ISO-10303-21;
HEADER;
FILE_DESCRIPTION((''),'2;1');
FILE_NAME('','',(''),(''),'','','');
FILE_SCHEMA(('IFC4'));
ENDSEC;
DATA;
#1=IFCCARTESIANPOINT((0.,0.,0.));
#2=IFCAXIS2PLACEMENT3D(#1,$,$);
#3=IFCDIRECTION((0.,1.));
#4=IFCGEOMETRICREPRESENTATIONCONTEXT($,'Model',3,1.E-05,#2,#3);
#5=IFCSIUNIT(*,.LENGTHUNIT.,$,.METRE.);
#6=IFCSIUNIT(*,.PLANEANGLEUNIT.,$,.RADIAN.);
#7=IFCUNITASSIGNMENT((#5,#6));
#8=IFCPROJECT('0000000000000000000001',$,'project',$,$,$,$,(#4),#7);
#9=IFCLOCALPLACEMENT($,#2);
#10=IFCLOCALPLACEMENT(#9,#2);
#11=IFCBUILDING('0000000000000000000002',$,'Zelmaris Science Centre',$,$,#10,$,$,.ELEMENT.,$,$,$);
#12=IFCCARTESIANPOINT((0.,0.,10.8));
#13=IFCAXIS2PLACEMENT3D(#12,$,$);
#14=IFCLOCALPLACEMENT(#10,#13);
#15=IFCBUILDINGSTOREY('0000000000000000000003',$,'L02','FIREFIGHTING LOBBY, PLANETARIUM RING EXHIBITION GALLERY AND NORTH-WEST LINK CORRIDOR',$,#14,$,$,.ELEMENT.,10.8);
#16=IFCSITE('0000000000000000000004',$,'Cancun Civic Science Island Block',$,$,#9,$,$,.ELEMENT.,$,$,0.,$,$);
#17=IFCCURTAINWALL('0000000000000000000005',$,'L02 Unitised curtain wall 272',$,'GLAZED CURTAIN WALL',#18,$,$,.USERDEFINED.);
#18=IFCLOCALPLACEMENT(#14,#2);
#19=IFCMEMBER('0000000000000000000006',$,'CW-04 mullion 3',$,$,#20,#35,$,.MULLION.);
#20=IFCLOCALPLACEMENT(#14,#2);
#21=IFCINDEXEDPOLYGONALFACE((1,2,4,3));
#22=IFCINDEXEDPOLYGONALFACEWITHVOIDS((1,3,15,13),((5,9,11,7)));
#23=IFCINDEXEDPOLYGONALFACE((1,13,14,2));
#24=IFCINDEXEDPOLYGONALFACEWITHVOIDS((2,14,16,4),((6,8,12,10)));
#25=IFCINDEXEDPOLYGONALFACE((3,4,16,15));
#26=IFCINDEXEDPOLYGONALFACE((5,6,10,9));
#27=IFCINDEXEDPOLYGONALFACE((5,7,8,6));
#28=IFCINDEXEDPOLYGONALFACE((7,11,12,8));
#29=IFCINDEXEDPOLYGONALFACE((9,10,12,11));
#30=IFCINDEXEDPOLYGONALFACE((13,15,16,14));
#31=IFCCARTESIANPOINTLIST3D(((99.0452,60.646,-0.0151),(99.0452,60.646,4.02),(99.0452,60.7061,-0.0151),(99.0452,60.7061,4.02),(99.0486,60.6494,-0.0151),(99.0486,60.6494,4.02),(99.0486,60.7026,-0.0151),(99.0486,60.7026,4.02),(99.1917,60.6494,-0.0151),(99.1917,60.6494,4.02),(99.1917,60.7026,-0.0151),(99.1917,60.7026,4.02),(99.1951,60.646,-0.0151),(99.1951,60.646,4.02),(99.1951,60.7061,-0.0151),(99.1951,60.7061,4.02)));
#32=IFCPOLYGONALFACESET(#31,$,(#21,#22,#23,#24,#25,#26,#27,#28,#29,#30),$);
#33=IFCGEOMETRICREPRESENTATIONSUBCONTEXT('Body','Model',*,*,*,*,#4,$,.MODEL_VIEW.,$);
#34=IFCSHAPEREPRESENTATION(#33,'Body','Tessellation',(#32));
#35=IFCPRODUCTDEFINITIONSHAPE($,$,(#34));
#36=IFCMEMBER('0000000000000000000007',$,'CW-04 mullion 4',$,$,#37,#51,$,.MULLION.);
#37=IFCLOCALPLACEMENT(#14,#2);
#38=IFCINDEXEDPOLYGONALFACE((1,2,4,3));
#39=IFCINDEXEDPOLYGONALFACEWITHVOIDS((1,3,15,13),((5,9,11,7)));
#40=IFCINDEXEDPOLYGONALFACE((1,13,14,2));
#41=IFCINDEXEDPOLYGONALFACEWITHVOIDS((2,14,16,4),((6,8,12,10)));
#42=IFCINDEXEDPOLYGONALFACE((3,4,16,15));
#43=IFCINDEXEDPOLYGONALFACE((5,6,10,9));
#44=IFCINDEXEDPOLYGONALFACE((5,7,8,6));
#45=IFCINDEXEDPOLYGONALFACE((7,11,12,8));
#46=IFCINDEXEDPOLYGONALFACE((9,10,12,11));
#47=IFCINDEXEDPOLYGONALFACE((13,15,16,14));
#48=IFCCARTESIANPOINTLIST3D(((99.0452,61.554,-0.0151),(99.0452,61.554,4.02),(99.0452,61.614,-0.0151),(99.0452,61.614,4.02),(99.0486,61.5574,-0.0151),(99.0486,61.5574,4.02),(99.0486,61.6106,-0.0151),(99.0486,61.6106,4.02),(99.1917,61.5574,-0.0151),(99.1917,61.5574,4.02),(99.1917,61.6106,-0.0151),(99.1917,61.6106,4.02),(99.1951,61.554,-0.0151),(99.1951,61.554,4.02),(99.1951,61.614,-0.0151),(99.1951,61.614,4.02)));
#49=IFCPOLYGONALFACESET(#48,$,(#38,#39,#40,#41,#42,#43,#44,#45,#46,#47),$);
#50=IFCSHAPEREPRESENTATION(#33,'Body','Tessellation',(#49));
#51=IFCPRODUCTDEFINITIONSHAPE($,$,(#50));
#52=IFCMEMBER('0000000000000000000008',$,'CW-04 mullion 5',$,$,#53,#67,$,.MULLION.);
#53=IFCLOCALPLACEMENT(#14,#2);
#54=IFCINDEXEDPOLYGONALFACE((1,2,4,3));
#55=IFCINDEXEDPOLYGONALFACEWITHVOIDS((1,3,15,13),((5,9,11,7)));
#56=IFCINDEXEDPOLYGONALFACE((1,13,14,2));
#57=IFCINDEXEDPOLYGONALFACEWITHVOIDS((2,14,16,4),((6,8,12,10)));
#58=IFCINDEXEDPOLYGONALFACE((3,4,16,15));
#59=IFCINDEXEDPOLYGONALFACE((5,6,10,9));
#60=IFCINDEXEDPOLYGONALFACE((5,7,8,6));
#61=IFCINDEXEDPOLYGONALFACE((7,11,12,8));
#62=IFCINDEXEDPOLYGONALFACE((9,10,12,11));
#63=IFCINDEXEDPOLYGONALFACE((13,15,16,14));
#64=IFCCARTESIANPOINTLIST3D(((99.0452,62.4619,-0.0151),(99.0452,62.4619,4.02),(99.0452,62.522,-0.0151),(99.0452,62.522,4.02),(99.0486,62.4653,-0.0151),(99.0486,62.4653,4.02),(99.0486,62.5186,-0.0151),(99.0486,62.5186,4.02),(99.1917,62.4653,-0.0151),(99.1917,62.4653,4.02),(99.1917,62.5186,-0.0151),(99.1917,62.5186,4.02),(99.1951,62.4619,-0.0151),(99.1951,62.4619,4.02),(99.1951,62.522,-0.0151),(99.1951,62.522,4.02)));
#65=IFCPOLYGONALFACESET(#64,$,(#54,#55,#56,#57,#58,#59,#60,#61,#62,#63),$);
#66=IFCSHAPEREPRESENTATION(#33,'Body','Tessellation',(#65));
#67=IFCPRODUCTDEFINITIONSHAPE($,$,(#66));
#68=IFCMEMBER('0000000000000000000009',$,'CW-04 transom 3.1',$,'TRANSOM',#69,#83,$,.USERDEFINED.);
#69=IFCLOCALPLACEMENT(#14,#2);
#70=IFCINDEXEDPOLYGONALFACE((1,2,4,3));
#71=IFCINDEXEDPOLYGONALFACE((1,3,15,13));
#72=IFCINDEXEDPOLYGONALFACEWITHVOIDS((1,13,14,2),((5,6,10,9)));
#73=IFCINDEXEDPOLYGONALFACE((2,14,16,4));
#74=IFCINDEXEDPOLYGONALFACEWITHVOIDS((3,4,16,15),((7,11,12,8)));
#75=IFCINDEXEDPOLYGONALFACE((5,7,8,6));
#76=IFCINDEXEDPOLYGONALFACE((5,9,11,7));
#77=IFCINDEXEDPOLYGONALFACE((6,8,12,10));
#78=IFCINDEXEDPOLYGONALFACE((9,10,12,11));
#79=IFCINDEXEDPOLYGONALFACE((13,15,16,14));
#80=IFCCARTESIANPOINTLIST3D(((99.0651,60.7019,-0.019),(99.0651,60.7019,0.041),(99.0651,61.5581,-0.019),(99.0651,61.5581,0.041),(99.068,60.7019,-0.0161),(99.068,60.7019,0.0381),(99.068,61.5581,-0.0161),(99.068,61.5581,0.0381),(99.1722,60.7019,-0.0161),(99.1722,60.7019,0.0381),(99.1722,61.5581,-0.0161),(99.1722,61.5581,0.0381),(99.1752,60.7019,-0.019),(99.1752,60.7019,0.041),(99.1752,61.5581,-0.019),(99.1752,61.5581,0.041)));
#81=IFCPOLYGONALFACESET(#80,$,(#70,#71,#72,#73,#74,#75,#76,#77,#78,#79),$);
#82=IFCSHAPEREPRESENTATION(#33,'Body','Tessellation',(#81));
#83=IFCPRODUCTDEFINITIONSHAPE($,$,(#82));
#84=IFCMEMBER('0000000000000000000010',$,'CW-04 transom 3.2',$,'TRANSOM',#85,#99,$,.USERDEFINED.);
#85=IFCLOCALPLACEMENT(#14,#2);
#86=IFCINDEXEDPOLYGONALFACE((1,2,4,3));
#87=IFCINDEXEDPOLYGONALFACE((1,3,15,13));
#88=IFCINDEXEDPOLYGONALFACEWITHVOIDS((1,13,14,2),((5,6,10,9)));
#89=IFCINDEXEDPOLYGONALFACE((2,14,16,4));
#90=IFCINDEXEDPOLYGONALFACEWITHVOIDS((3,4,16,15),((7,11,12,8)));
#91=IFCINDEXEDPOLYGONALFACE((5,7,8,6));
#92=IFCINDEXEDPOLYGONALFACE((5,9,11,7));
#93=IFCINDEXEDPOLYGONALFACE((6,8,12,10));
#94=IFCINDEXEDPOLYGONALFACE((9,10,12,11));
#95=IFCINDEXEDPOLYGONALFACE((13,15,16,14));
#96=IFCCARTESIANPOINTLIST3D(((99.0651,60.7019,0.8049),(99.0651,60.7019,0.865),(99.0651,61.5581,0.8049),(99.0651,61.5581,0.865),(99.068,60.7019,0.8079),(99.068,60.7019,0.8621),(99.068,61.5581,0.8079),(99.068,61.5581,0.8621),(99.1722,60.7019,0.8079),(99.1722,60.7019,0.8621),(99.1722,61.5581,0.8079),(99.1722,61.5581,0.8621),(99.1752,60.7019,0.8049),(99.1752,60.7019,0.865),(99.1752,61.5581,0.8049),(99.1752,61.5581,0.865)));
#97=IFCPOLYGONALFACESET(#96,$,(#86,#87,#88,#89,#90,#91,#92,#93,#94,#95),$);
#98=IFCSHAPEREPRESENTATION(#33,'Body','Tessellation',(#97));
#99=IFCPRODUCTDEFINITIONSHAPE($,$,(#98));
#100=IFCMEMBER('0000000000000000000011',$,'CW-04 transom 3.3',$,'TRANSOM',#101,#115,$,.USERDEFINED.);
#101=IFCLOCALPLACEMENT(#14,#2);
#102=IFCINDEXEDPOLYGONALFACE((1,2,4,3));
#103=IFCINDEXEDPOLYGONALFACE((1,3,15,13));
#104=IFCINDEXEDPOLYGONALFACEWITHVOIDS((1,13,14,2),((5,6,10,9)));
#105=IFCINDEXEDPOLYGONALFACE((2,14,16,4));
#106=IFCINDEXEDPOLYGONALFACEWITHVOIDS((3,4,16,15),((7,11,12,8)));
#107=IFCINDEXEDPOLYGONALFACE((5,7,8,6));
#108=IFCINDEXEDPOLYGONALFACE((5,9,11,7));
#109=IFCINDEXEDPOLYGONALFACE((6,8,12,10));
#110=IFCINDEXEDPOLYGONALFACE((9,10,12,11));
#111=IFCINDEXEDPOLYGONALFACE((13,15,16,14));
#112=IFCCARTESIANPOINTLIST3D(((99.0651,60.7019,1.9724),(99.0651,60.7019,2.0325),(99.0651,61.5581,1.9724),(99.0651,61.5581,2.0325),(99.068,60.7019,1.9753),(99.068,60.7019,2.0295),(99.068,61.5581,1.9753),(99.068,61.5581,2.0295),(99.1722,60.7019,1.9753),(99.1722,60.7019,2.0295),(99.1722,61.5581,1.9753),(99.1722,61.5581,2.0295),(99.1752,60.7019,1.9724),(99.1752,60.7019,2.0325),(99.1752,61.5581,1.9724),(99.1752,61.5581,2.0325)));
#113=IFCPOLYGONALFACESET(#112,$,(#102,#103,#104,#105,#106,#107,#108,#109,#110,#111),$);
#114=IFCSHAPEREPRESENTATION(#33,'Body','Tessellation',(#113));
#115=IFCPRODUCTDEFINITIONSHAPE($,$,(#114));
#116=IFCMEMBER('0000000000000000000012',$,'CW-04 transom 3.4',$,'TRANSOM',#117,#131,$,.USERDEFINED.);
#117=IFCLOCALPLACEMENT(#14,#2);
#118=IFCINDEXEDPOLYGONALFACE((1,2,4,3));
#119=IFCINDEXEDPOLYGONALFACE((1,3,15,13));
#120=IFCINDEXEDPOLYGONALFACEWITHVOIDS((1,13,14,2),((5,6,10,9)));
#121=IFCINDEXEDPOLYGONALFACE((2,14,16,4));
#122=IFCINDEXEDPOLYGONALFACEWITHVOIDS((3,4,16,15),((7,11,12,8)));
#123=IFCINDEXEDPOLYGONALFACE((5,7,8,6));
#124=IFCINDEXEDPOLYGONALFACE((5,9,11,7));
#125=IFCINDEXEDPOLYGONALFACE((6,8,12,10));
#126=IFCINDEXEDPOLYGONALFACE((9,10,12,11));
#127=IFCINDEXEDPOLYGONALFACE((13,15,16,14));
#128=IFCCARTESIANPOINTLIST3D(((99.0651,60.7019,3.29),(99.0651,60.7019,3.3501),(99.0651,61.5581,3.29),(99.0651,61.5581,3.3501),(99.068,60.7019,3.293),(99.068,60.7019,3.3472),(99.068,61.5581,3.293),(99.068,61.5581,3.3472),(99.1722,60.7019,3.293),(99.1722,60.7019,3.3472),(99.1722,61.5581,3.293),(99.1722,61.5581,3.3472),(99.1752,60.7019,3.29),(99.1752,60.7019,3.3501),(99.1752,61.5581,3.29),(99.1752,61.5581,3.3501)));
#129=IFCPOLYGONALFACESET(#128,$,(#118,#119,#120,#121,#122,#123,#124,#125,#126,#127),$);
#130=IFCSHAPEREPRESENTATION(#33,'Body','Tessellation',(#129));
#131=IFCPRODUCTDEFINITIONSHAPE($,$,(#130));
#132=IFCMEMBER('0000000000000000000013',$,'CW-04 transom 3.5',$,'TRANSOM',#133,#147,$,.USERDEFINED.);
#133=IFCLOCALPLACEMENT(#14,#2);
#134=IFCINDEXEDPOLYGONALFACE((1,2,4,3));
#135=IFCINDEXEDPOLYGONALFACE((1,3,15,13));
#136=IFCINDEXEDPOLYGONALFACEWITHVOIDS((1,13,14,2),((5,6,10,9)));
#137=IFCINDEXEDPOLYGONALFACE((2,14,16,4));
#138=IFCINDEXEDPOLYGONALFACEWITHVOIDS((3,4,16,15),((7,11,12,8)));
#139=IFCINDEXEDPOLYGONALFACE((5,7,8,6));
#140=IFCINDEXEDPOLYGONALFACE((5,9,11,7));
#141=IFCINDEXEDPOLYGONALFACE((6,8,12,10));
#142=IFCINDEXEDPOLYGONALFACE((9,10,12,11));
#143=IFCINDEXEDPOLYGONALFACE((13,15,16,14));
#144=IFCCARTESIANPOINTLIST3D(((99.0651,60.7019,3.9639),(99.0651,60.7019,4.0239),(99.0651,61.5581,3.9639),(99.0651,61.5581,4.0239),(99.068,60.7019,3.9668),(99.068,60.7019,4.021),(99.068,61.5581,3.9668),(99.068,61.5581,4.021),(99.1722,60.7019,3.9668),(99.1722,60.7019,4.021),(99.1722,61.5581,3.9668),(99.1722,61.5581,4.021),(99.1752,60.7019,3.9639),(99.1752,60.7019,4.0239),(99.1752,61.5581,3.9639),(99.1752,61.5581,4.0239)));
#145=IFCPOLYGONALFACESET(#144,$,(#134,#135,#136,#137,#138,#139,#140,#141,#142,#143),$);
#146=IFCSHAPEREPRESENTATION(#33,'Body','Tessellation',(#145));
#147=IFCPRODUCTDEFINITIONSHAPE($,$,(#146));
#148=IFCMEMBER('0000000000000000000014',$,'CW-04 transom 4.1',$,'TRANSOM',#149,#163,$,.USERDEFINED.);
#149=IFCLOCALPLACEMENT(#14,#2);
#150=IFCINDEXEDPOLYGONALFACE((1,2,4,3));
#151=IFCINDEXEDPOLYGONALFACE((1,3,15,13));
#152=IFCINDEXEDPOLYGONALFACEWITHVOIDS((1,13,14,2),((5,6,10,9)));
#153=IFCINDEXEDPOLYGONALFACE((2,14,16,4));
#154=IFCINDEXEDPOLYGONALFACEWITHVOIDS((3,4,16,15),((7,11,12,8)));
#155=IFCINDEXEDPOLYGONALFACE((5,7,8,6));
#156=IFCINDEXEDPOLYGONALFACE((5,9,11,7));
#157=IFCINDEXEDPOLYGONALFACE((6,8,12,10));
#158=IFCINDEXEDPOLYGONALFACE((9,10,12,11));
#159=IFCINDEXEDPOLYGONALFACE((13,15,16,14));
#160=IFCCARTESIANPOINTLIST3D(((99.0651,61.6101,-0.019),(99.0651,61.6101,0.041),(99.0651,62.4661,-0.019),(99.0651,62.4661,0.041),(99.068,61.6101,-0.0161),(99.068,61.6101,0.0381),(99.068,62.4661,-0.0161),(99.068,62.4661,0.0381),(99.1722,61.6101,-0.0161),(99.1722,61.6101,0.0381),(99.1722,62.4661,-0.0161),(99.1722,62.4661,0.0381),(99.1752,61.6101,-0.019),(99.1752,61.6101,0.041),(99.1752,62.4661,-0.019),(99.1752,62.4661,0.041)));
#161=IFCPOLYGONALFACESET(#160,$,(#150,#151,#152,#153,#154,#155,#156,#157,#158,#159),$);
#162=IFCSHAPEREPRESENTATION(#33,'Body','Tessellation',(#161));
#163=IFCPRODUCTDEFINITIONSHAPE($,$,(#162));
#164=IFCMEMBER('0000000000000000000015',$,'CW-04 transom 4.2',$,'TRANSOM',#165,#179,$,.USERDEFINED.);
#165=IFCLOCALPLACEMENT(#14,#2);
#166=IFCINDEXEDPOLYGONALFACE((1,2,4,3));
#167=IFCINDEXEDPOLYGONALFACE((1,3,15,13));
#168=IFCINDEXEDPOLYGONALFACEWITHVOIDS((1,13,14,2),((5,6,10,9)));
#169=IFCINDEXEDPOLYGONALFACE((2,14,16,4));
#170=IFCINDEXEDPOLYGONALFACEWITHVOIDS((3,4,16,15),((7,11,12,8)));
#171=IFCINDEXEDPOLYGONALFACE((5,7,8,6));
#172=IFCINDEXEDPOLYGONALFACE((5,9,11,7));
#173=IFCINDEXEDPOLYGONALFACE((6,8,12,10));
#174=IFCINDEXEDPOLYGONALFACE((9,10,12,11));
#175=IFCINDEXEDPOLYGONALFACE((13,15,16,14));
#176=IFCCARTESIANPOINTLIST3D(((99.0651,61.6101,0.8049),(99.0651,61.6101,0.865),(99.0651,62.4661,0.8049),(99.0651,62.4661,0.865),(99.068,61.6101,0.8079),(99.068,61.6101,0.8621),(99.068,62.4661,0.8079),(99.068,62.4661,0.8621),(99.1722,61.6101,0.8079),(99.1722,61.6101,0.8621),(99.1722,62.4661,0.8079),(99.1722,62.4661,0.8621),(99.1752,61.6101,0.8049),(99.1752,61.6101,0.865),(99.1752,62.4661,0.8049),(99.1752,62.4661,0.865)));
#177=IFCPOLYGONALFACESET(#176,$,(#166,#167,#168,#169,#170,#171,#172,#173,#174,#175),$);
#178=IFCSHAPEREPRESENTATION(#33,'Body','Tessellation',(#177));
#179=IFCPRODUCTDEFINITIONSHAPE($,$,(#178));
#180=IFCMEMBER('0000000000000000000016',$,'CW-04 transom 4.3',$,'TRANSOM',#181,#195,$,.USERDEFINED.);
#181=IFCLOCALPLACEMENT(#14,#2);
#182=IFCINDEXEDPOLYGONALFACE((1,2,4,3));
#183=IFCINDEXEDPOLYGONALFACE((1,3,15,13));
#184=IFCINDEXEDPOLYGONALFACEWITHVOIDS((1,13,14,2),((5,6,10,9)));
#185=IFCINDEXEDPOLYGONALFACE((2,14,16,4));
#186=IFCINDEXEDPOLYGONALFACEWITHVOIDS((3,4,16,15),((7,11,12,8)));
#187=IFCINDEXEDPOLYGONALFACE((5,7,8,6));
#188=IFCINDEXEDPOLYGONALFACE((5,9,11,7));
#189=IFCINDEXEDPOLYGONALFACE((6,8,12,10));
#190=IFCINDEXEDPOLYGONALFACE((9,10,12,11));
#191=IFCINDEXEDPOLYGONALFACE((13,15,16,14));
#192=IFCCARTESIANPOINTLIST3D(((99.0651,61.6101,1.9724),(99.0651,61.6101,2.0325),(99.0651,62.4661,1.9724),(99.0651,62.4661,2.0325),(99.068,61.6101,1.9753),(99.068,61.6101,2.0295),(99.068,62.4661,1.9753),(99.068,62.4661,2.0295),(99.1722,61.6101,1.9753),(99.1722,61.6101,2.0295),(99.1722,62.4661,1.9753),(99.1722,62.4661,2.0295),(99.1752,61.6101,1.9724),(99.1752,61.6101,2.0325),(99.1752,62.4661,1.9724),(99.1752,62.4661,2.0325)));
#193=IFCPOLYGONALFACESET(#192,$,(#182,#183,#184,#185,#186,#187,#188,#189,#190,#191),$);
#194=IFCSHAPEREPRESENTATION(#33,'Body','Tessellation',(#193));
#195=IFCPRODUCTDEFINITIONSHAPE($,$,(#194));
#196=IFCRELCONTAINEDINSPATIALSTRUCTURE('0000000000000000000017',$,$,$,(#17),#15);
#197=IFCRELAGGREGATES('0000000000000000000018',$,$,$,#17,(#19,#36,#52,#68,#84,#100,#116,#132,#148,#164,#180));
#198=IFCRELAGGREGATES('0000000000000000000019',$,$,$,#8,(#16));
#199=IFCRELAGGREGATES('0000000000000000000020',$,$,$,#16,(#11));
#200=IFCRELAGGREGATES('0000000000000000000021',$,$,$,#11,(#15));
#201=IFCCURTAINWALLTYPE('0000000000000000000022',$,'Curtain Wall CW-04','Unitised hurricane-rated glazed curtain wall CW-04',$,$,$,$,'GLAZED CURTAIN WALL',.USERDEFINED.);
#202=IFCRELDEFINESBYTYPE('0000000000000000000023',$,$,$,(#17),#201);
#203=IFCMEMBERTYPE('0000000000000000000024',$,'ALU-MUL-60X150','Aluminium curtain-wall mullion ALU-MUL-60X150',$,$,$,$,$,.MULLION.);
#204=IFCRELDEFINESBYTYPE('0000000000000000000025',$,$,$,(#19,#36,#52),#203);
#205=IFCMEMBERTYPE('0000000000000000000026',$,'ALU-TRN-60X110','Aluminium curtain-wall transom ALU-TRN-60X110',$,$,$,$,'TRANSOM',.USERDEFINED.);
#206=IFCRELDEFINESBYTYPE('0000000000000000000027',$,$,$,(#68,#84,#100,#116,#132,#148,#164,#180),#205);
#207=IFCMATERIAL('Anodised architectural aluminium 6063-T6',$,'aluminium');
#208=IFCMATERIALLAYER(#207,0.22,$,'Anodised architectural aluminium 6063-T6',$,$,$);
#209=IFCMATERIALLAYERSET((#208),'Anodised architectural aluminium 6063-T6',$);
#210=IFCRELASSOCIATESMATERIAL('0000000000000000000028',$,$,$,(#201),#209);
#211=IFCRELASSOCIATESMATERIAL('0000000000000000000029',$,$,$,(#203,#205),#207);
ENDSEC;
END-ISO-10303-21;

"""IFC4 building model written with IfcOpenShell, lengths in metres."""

from ifc_helpers import new_model, si_unit, direction, frame, origin, origin_2d, place, context, subcontext, project, spatial, hollow_rectangle, extrude, material, layer, layer_set, material_profile, profile_set, type_object, element, aggregate, save


model = new_model("IFC4")

# Units and contexts
model_context = context("Model", 3, precision=1e-05, world=origin(), true_north=direction((0.0, 1.0)))
body_context = subcontext(model_context, "Body", "Model", "MODEL_VIEW")
ifc_project = project(units=[si_unit("LENGTHUNIT", "METRE"), si_unit("PLANEANGLEUNIT", "RADIAN")], contexts=[model_context])

# Site, building, storey
site_placement = place(None, origin())
site = spatial("IfcSite", under=ifc_project, at=site_placement, Name="Cancun Civic Science Island Block", CompositionType="ELEMENT", RefElevation=0.0)
building_placement = place(site_placement, origin())
building = spatial("IfcBuilding", under=site, at=building_placement, Name="Zelmaris Science Centre", CompositionType="ELEMENT")
storey_placement = place(building_placement, frame((0.0, 0.0, 10.8)))
storey = spatial("IfcBuildingStorey", under=building, at=storey_placement, Name="L02", Description="FIREFIGHTING LOBBY, PLANETARIUM RING EXHIBITION GALLERY AND NORTH-WEST LINK CORRIDOR", CompositionType="ELEMENT", Elevation=10.8)

# Curtain wall, members
ifc_material_1 = material(Name="Anodised architectural aluminium 6063-T6", Category="aluminium")
ifc_layer_1 = layer(ifc_material_1, 0.22, Name="Anodised architectural aluminium 6063-T6")
ifc_layer_set_1 = layer_set([ifc_layer_1], Name="Anodised architectural aluminium 6063-T6")
curtain_wall_type = type_object("IfcCurtainWallType", Name="Curtain Wall CW-04", Description="Unitised hurricane-rated glazed curtain wall CW-04", ElementType="GLAZED CURTAIN WALL", PredefinedType="USERDEFINED", material=ifc_layer_set_1)
curtain_wall_placement = place(storey_placement, origin())
curtain_wall = element("IfcCurtainWall", 1, at=curtain_wall_placement, inside=storey, type_object=curtain_wall_type, Name="L02 Unitised curtain wall 272", ObjectType="GLAZED CURTAIN WALL", PredefinedType="USERDEFINED")
ifc_material_profile_1 = material_profile(ifc_material_1, hollow_rectangle(XDim=0.0601, YDim=0.1499, WallThickness=0.0034, at=origin_2d()), Name="ALU-MUL-60X150")
ifc_profile_set_1 = profile_set([ifc_material_profile_1], Name="Anodised architectural aluminium 6063-T6")
member_type_1 = type_object("IfcMemberType", Name="ALU-MUL-60X150", Description="Aluminium curtain-wall mullion ALU-MUL-60X150", PredefinedType="MULLION", material=ifc_profile_set_1)
member_1_placement = place(storey_placement, frame((99.1201, 60.676, -0.0151), z_axis=(0.0, 0.0, 1.0), x_axis=(-0.000005, 1.0, 0.0)))
member_1 = element("IfcMember", 2, at=member_1_placement, type_object=member_type_1, Name="CW-04 mullion 3", PredefinedType="MULLION", context=body_context, shape_type="SweptSolid", body=[
    extrude(hollow_rectangle(XDim=0.0601, YDim=0.1499, WallThickness=0.0034, at=origin_2d()), origin(), (0.0, 0.0, 1.0), 4.0352),
])
member_2_placement = place(storey_placement, frame((99.1201, 61.584, -0.0151), z_axis=(0.0, 0.0, 1.0), x_axis=(-0.000005, 1.0, 0.0)))
member_2 = element("IfcMember", 3, at=member_2_placement, type_object=member_type_1, Name="CW-04 mullion 4", PredefinedType="MULLION", context=body_context, shape_type="SweptSolid", body=[
    extrude(hollow_rectangle(XDim=0.0601, YDim=0.1499, WallThickness=0.0034, at=origin_2d()), origin(), (0.0, 0.0, 1.0), 4.0352),
])
member_3_placement = place(storey_placement, frame((99.1201, 62.4919, -0.0151), z_axis=(0.0, 0.0, 1.0), x_axis=(-0.000005, 1.0, 0.0)))
member_3 = element("IfcMember", 4, at=member_3_placement, type_object=member_type_1, Name="CW-04 mullion 5", PredefinedType="MULLION", context=body_context, shape_type="SweptSolid", body=[
    extrude(hollow_rectangle(XDim=0.0601, YDim=0.1499, WallThickness=0.0034, at=origin_2d()), origin(), (0.0, 0.0, 1.0), 4.0352),
])
ifc_material_profile_2 = material_profile(ifc_material_1, hollow_rectangle(XDim=0.0601, YDim=0.1101, WallThickness=0.0029, at=origin_2d()), Name="ALU-TRN-60X110")
ifc_profile_set_2 = profile_set([ifc_material_profile_2], Name="Anodised architectural aluminium 6063-T6")
member_type_2 = type_object("IfcMemberType", Name="ALU-TRN-60X110", Description="Aluminium curtain-wall transom ALU-TRN-60X110", ElementType="TRANSOM", PredefinedType="USERDEFINED", material=ifc_profile_set_2)
member_4_placement = place(storey_placement, frame((99.1201, 60.7019, 0.011), z_axis=(0.0, 1.0, 0.0), x_axis=(0.0, 0.0, 1.0)))
member_4 = element("IfcMember", 5, at=member_4_placement, type_object=member_type_2, Name="CW-04 transom 3.1", ObjectType="TRANSOM", PredefinedType="USERDEFINED", context=body_context, shape_type="SweptSolid", body=[
    extrude(hollow_rectangle(XDim=0.0601, YDim=0.1101, WallThickness=0.0029, at=origin_2d()), origin(), (0.0, 0.0, 1.0), 0.8562),
])
member_5_placement = place(storey_placement, frame((99.1201, 60.7019, 0.835), z_axis=(0.0, 1.0, 0.0), x_axis=(0.0, 0.0, 1.0)))
member_5 = element("IfcMember", 6, at=member_5_placement, type_object=member_type_2, Name="CW-04 transom 3.2", ObjectType="TRANSOM", PredefinedType="USERDEFINED", context=body_context, shape_type="SweptSolid", body=[
    extrude(hollow_rectangle(XDim=0.0601, YDim=0.1101, WallThickness=0.0029, at=origin_2d()), origin(), (0.0, 0.0, 1.0), 0.8562),
])
member_6_placement = place(storey_placement, frame((99.1201, 60.7019, 2.0024), z_axis=(0.0, 1.0, 0.0), x_axis=(0.0, 0.0, 1.0)))
member_6 = element("IfcMember", 7, at=member_6_placement, type_object=member_type_2, Name="CW-04 transom 3.3", ObjectType="TRANSOM", PredefinedType="USERDEFINED", context=body_context, shape_type="SweptSolid", body=[
    extrude(hollow_rectangle(XDim=0.0601, YDim=0.1101, WallThickness=0.0029, at=origin_2d()), origin(), (0.0, 0.0, 1.0), 0.8562),
])
member_7_placement = place(storey_placement, frame((99.1201, 60.7019, 3.3201), z_axis=(0.0, 1.0, 0.0), x_axis=(0.0, 0.0, 1.0)))
member_7 = element("IfcMember", 8, at=member_7_placement, type_object=member_type_2, Name="CW-04 transom 3.4", ObjectType="TRANSOM", PredefinedType="USERDEFINED", context=body_context, shape_type="SweptSolid", body=[
    extrude(hollow_rectangle(XDim=0.0601, YDim=0.1101, WallThickness=0.0029, at=origin_2d()), origin(), (0.0, 0.0, 1.0), 0.8562),
])
member_8_placement = place(storey_placement, frame((99.1201, 60.7019, 3.9939), z_axis=(0.0, 1.0, 0.0), x_axis=(0.0, 0.0, 1.0)))
member_8 = element("IfcMember", 9, at=member_8_placement, type_object=member_type_2, Name="CW-04 transom 3.5", ObjectType="TRANSOM", PredefinedType="USERDEFINED", context=body_context, shape_type="SweptSolid", body=[
    extrude(hollow_rectangle(XDim=0.0601, YDim=0.1101, WallThickness=0.0029, at=origin_2d()), origin(), (0.0, 0.0, 1.0), 0.8562),
])
member_9_placement = place(storey_placement, frame((99.1201, 61.6101, 0.011), z_axis=(0.0, 1.0, 0.0), x_axis=(0.0, 0.0, 1.0)))
member_9 = element("IfcMember", 10, at=member_9_placement, type_object=member_type_2, Name="CW-04 transom 4.1", ObjectType="TRANSOM", PredefinedType="USERDEFINED", context=body_context, shape_type="SweptSolid", body=[
    extrude(hollow_rectangle(XDim=0.0601, YDim=0.1101, WallThickness=0.0029, at=origin_2d()), origin(), (0.0, 0.0, 1.0), 0.856),
])
member_10_placement = place(storey_placement, frame((99.1201, 61.6101, 0.835), z_axis=(0.0, 1.0, 0.0), x_axis=(0.0, 0.0, 1.0)))
member_10 = element("IfcMember", 11, at=member_10_placement, type_object=member_type_2, Name="CW-04 transom 4.2", ObjectType="TRANSOM", PredefinedType="USERDEFINED", context=body_context, shape_type="SweptSolid", body=[
    extrude(hollow_rectangle(XDim=0.0601, YDim=0.1101, WallThickness=0.0029, at=origin_2d()), origin(), (0.0, 0.0, 1.0), 0.856),
])
member_11_placement = place(storey_placement, frame((99.1201, 61.6101, 2.0024), z_axis=(0.0, 1.0, 0.0), x_axis=(0.0, 0.0, 1.0)))
member_11 = element("IfcMember", 12, at=member_11_placement, type_object=member_type_2, Name="CW-04 transom 4.3", ObjectType="TRANSOM", PredefinedType="USERDEFINED", context=body_context, shape_type="SweptSolid", body=[
    extrude(hollow_rectangle(XDim=0.0601, YDim=0.1101, WallThickness=0.0029, at=origin_2d()), origin(), (0.0, 0.0, 1.0), 0.856),
])
aggregate(curtain_wall, [member_1, member_2, member_3, member_4, member_5, member_6, member_7, member_8, member_9, member_10, member_11])

save(model, "model.ifc")
